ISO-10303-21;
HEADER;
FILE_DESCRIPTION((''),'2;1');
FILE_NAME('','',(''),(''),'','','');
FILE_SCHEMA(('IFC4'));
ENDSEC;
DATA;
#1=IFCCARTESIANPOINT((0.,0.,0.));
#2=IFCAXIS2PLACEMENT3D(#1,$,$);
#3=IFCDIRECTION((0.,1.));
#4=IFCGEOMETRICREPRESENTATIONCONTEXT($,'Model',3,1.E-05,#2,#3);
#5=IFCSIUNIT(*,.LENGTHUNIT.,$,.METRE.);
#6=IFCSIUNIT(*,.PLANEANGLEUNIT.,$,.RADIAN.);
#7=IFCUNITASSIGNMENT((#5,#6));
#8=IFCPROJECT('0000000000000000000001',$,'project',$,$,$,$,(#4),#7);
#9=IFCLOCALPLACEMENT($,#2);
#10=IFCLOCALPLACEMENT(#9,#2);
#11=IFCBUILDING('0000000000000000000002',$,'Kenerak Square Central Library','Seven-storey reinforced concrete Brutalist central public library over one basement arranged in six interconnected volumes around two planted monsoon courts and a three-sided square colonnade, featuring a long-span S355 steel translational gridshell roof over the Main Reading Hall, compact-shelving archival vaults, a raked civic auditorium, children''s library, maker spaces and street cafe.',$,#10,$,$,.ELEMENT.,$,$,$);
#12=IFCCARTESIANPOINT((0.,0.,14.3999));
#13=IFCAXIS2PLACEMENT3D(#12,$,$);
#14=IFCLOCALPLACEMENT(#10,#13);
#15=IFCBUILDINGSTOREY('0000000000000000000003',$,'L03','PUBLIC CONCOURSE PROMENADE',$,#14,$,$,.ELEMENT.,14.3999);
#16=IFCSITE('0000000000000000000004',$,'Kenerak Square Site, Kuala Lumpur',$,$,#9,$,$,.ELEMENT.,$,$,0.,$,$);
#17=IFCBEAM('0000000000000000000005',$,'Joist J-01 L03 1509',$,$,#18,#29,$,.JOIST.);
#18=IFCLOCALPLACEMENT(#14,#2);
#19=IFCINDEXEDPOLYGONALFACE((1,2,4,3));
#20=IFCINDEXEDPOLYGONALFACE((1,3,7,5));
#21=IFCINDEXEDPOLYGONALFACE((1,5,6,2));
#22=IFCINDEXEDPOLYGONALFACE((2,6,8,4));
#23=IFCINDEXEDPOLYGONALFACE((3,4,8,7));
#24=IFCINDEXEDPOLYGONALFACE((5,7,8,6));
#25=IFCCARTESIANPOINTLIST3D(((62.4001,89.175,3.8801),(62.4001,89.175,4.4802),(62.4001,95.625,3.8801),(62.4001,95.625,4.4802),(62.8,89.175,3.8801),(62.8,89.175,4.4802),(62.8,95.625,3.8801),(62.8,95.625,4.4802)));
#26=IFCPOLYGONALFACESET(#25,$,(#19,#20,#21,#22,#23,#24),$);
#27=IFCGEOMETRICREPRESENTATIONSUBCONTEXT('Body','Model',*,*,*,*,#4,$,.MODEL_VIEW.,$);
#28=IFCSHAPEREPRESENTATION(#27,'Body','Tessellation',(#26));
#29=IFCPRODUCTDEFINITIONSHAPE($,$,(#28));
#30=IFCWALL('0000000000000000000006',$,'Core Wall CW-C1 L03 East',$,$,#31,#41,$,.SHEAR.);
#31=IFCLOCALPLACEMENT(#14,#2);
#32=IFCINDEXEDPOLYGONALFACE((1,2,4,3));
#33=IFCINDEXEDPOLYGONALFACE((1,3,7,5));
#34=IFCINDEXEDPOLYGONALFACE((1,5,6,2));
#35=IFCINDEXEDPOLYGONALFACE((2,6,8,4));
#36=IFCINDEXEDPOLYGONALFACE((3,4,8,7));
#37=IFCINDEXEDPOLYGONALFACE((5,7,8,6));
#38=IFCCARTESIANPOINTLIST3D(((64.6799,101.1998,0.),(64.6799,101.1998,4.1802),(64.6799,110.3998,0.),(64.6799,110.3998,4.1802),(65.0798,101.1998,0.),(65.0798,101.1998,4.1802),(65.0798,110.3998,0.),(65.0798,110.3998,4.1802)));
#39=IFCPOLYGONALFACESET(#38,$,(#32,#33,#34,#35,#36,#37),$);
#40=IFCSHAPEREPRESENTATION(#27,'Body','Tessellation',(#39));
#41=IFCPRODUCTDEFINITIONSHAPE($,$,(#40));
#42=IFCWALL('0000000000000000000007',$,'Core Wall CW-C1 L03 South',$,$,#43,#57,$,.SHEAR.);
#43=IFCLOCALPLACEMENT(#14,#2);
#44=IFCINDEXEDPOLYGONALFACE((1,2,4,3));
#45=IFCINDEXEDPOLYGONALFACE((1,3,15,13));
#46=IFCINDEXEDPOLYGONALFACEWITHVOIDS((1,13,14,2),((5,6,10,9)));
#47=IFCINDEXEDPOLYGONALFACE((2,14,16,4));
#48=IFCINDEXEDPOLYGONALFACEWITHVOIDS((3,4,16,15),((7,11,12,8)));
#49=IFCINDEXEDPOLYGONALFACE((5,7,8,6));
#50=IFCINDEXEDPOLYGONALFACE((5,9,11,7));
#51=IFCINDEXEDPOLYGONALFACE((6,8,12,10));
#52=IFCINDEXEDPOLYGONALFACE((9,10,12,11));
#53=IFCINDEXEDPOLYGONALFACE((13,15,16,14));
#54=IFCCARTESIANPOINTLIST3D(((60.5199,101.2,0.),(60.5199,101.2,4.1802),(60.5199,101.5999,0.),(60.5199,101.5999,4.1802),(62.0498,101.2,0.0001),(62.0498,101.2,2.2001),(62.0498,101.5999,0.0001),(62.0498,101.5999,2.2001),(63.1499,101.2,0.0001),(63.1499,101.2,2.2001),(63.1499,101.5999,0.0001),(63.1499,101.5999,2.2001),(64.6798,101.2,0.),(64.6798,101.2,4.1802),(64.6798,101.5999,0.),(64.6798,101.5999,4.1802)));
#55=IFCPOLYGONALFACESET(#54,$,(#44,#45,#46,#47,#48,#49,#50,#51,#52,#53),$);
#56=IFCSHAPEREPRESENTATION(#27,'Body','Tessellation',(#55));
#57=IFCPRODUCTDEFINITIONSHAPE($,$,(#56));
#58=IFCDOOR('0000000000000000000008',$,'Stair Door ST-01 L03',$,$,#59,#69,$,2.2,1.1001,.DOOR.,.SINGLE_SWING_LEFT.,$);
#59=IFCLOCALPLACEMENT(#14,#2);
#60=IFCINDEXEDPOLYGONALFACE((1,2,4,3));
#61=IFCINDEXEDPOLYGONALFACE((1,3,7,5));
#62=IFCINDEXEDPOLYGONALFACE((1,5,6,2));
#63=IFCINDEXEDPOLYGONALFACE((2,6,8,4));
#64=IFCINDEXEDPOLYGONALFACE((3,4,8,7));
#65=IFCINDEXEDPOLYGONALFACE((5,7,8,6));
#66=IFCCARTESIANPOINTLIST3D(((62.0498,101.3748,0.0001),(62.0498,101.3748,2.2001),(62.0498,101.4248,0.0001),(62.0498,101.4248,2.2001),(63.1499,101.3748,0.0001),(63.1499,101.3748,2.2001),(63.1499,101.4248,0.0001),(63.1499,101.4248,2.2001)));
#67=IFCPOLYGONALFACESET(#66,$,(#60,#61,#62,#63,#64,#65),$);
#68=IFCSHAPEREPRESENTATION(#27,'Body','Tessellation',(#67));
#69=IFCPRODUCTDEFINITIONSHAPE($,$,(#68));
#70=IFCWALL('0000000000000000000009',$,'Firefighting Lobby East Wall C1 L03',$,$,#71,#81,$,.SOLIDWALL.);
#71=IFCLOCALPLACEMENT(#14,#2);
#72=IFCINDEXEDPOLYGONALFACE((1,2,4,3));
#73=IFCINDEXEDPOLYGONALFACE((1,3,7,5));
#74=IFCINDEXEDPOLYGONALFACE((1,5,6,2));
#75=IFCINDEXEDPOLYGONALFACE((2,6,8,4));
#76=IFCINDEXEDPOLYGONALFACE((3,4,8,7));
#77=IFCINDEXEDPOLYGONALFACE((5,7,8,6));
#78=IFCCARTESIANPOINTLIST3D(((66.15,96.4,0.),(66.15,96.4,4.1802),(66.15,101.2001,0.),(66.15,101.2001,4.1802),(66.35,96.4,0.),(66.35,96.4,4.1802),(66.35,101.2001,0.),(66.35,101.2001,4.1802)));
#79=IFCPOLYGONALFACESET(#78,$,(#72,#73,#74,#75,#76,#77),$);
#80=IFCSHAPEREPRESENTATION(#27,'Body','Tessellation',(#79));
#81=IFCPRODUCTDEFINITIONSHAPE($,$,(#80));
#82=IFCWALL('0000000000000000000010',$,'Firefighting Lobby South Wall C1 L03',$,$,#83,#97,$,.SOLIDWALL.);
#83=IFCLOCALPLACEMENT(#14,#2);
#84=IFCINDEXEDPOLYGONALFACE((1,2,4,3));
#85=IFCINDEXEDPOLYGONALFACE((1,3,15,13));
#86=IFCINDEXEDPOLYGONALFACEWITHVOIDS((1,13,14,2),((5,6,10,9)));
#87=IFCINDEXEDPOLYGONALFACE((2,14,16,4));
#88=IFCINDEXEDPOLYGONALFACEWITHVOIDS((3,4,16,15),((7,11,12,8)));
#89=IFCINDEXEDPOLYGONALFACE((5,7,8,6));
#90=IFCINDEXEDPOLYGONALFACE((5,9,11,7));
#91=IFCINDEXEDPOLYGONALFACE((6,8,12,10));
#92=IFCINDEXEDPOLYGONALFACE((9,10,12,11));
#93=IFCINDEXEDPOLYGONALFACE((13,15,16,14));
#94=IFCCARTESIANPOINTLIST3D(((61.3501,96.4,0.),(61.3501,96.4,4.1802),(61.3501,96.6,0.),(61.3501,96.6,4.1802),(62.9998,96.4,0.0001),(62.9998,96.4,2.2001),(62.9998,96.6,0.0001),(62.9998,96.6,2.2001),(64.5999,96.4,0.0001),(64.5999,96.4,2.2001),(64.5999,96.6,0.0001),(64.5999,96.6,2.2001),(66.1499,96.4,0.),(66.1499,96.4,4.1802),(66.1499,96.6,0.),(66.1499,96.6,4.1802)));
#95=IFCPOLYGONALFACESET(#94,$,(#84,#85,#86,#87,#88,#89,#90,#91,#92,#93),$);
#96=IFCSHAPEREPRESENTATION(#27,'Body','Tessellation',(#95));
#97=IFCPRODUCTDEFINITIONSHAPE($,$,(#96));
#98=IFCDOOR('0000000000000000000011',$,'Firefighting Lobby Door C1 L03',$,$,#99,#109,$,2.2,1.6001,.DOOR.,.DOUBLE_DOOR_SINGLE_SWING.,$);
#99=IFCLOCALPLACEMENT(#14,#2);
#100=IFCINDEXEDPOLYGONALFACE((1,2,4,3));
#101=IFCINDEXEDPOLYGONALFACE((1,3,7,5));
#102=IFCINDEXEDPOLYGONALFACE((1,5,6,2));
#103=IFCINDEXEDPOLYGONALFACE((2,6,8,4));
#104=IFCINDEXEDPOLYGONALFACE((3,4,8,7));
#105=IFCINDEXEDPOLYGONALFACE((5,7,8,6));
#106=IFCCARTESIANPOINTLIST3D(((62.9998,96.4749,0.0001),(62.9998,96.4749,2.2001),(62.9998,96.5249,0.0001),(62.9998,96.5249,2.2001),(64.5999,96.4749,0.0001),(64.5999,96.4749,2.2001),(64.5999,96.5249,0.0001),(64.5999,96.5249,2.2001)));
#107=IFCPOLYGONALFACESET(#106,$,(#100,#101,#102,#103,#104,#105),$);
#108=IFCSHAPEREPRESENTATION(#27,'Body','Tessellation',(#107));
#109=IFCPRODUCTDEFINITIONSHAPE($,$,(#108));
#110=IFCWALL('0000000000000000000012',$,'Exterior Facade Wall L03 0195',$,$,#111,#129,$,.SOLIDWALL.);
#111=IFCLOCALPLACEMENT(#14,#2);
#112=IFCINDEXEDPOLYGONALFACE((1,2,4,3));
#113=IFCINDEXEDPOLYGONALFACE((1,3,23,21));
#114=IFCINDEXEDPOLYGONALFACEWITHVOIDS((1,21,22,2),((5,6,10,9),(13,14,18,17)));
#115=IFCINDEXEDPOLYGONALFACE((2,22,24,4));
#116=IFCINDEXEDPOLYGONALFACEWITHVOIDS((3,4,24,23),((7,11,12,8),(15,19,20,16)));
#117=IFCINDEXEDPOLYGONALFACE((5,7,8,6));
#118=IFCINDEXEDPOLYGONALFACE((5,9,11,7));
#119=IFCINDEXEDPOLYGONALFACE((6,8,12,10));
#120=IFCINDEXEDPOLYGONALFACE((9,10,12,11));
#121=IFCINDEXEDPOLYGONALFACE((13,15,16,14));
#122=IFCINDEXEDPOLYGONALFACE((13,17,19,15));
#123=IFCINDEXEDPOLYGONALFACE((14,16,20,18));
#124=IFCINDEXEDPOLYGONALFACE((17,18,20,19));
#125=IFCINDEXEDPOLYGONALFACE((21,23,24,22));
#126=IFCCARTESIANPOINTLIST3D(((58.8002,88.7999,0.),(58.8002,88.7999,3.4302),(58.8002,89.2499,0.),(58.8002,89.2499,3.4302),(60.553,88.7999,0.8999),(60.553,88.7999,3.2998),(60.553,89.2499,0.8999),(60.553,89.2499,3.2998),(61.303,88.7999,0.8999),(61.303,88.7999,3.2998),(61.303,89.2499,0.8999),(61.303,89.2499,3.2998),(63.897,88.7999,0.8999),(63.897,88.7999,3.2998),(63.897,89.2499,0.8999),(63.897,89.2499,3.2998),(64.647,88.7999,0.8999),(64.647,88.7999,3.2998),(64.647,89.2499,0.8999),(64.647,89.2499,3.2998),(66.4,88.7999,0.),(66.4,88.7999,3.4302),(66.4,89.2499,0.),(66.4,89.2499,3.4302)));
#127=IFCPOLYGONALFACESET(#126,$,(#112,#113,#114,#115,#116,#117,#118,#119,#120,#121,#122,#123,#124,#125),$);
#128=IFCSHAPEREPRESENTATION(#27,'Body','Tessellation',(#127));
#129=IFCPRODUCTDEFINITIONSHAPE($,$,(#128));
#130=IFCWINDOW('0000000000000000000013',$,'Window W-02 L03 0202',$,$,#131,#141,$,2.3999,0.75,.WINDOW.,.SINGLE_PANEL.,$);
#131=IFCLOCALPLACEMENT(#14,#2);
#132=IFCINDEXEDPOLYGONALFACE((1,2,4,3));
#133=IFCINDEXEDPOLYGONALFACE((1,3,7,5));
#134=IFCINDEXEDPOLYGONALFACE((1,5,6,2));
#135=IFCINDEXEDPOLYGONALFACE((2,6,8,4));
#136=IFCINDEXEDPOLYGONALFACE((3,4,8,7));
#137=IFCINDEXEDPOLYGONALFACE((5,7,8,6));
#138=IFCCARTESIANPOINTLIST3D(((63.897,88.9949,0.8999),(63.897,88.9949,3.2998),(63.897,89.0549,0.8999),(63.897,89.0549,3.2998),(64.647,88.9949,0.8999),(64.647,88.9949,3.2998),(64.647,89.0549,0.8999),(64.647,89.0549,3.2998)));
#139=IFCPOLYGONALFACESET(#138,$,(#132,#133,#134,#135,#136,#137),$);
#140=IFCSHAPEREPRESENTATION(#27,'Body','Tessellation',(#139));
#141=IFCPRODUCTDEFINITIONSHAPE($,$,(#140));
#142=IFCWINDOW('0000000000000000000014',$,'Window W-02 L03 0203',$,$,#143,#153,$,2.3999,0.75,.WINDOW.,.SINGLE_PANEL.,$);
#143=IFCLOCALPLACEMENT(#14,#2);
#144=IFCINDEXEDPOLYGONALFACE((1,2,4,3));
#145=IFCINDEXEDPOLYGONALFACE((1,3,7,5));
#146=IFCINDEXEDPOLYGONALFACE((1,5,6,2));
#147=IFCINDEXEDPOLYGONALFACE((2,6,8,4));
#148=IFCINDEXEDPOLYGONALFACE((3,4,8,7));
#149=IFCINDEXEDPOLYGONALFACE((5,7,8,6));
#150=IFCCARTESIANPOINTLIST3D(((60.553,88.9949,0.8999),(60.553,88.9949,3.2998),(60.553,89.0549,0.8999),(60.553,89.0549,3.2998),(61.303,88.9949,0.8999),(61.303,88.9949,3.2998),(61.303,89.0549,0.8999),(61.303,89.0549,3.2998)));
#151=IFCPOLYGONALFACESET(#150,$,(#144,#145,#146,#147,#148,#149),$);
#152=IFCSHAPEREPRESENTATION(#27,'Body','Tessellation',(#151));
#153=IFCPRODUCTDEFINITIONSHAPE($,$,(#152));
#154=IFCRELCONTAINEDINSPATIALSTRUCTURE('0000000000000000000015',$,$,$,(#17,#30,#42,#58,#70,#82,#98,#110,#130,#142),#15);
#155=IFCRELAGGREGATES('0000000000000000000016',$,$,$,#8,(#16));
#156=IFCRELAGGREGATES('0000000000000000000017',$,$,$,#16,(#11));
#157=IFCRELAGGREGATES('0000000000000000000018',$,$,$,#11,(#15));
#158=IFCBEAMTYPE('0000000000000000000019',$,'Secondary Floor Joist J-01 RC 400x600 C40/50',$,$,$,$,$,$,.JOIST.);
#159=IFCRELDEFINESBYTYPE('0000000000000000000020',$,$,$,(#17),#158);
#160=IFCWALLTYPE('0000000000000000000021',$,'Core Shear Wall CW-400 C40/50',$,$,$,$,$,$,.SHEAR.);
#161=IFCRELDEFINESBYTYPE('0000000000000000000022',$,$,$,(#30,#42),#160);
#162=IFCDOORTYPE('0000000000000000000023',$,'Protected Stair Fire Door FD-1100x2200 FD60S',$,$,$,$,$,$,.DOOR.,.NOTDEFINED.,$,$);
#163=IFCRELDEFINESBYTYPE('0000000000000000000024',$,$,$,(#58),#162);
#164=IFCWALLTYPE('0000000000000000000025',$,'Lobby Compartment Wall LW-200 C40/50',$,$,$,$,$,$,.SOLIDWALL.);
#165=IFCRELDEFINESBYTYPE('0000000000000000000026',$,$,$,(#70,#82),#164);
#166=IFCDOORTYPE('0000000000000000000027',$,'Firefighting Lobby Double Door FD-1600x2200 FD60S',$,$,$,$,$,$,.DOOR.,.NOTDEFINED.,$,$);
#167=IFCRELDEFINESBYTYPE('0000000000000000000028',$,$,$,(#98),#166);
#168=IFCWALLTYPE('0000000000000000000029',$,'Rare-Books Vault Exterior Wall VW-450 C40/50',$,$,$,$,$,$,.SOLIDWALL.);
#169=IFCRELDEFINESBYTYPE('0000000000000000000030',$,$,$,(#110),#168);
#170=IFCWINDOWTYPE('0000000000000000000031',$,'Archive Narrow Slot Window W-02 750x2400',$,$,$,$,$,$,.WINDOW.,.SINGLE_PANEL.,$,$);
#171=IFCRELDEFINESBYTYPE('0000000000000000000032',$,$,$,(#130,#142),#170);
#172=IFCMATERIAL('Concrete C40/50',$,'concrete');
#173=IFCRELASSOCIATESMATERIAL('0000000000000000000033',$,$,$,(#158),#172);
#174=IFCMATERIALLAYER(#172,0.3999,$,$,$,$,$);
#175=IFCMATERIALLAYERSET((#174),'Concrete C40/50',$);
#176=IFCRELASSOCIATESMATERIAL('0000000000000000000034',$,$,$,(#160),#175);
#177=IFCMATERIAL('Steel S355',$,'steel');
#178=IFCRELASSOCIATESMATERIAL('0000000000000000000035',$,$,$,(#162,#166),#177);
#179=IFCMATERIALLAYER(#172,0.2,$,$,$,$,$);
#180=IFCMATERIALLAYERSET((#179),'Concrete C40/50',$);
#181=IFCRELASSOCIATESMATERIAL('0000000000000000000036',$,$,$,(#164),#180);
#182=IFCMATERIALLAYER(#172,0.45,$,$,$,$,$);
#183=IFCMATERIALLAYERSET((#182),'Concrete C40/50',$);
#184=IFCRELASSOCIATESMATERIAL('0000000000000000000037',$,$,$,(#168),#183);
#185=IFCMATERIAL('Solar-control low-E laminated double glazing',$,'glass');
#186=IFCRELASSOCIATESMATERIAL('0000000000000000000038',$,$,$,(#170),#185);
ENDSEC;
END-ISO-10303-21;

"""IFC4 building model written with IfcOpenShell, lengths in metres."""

from ifc_helpers import new_model, si_unit, direction, frame, frame_2d, origin, origin_2d, place, context, subcontext, project, spatial, rectangle, extrude, material, layer, layer_set, material_profile, profile_set, type_object, element, fill, save


model = new_model("IFC4")

# Units and contexts
model_context = context("Model", 3, precision=1e-05, world=origin(), true_north=direction((0.0, 1.0)))
body_context = subcontext(model_context, "Body", "Model", "MODEL_VIEW")
ifc_project = project(units=[si_unit("LENGTHUNIT", "METRE"), si_unit("PLANEANGLEUNIT", "RADIAN")], contexts=[model_context])

# Site, building, storey
site_placement = place(None, origin())
site = spatial("IfcSite", under=ifc_project, at=site_placement, Name="Kenerak Square Site, Kuala Lumpur", CompositionType="ELEMENT", RefElevation=0.0)
building_placement = place(site_placement, origin())
building = spatial("IfcBuilding", under=site, at=building_placement, Name="Kenerak Square Central Library", Description="Seven-storey reinforced concrete Brutalist central public library over one basement arranged in six interconnected volumes around two planted monsoon courts and a three-sided square colonnade, featuring a long-span S355 steel translational gridshell roof over the Main Reading Hall, compact-shelving archival vaults, a raked civic auditorium, children's library, maker spaces and street cafe.", CompositionType="ELEMENT")
storey_placement = place(building_placement, frame((0.0, 0.0, 14.3999)))
storey = spatial("IfcBuildingStorey", under=building, at=storey_placement, Name="L03", Description="PUBLIC CONCOURSE PROMENADE", CompositionType="ELEMENT", Elevation=14.3999)

# Beam
ifc_material_1 = material(Name="Concrete C40/50", Category="concrete")
ifc_material_profile = material_profile(ifc_material_1, rectangle(XDim=0.3999, YDim=0.6001, at=origin_2d()), Name="RC 400x600")
ifc_profile_set = profile_set([ifc_material_profile], Name="Concrete C40/50")
beam_type = type_object("IfcBeamType", Name="Secondary Floor Joist J-01 RC 400x600 C40/50", PredefinedType="JOIST", material=ifc_profile_set)
beam_placement = place(storey_placement, frame((62.6001, 89.175, 4.1802), z_axis=(0.0, 1.0, 0.0), x_axis=(-1.0, 0.0, 0.0)))
element("IfcBeam", 1, at=beam_placement, inside=storey, type_object=beam_type, Name="Joist J-01 L03 1509", PredefinedType="JOIST", context=body_context, shape_type="SweptSolid", body=[
    extrude(rectangle(XDim=0.3999, YDim=0.6001, at=origin_2d()), origin(), (0.0, 0.0, 1.0), 6.45),
])

# Wall
ifc_layer_1 = layer(ifc_material_1, 0.3999)
ifc_layer_set_1 = layer_set([ifc_layer_1], Name="Concrete C40/50")
wall_type_1 = type_object("IfcWallType", Name="Core Shear Wall CW-400 C40/50", PredefinedType="SHEAR", material=ifc_layer_set_1)
wall_1_placement = place(storey_placement, frame((64.8799, 110.3999, 0.0), z_axis=(0.0, 0.0, 1.0), x_axis=(0.0, -1.0, 0.0)))
element("IfcWall", 2, at=wall_1_placement, inside=storey, type_object=wall_type_1, Name="Core Wall CW-C1 L03 East", PredefinedType="SHEAR", context=body_context, shape_type="SweptSolid", body=[
    extrude(rectangle(XDim=9.2, YDim=0.3999, at=frame_2d((4.6001, 0.0))), origin(), (0.0, 0.0, 1.0), 4.1802),
])

# Wall, opening, door
wall_2_placement = place(storey_placement, frame((64.6799, 101.3999, 0.0), z_axis=(0.0, 0.0, 1.0), x_axis=(-1.0, 0.0, 0.0)))
wall_2 = element("IfcWall", 3, at=wall_2_placement, inside=storey, type_object=wall_type_1, Name="Core Wall CW-C1 L03 South", PredefinedType="SHEAR", context=body_context, shape_type="SweptSolid", body=[
    extrude(rectangle(XDim=4.1599, YDim=0.3999, at=frame_2d((2.0801, 0.0))), origin(), (0.0, 0.0, 1.0), 4.1802),
])
opening_1_placement = place(wall_2_placement, frame((1.53, 0.0, 0.0)))
opening_1 = element("IfcOpeningElement", 4, at=opening_1_placement, cuts=wall_2, PredefinedType="OPENING", context=body_context, shape_type="SweptSolid", body=[
    extrude(rectangle(XDim=1.1001, YDim=2.2, at=frame_2d((0.55, 1.1001))), frame((0.0, 0.21, 0.0), z_axis=(0.0, -1.0, 0.0), x_axis=(1.0, 0.0, 0.0)), (0.0, 0.0, 1.0), 0.4199),
])
ifc_material_2 = material(Name="Steel S355", Category="steel")
door_type_1 = type_object("IfcDoorType", Name="Protected Stair Fire Door FD-1100x2200 FD60S", OperationType="NOTDEFINED", PredefinedType="DOOR", material=ifc_material_2)
door_1_placement = place(opening_1_placement, frame((1.1001, 0.0, 0.0), z_axis=(0.0, 0.0, 1.0), x_axis=(-1.0, 0.0, 0.0)))
door_1 = element("IfcDoor", 5, at=door_1_placement, inside=storey, type_object=door_type_1, Name="Stair Door ST-01 L03", OperationType="SINGLE_SWING_LEFT", OverallHeight=2.2, OverallWidth=1.1001, PredefinedType="DOOR", context=body_context, shape_type="SweptSolid", body=[
    extrude(rectangle(XDim=1.1001, YDim=2.2, at=frame_2d((0.55, 1.1001))), frame((0.0, 0.0249, 0.0), z_axis=(0.0, -1.0, 0.0), x_axis=(1.0, 0.0, 0.0)), (0.0, 0.0, 1.0), 0.05),
])
fill(opening_1, door_1)

# Wall
ifc_layer_2 = layer(ifc_material_1, 0.2)
ifc_layer_set_2 = layer_set([ifc_layer_2], Name="Concrete C40/50")
wall_type_2 = type_object("IfcWallType", Name="Lobby Compartment Wall LW-200 C40/50", PredefinedType="SOLIDWALL", material=ifc_layer_set_2)
wall_3_placement = place(storey_placement, frame((66.25, 101.2, 0.0), z_axis=(0.0, 0.0, 1.0), x_axis=(0.0, -1.0, 0.0)))
element("IfcWall", 6, at=wall_3_placement, inside=storey, type_object=wall_type_2, Name="Firefighting Lobby East Wall C1 L03", PredefinedType="SOLIDWALL", context=body_context, shape_type="SweptSolid", body=[
    extrude(rectangle(XDim=4.8, YDim=0.2, at=frame_2d((2.3999, 0.0))), origin(), (0.0, 0.0, 1.0), 4.1802),
])

# Wall, opening, door
wall_4_placement = place(storey_placement, frame((66.1499, 96.5, 0.0), z_axis=(0.0, 0.0, 1.0), x_axis=(-1.0, 0.0, 0.0)))
wall_4 = element("IfcWall", 7, at=wall_4_placement, inside=storey, type_object=wall_type_2, Name="Firefighting Lobby South Wall C1 L03", PredefinedType="SOLIDWALL", context=body_context, shape_type="SweptSolid", body=[
    extrude(rectangle(XDim=4.7998, YDim=0.2, at=frame_2d((2.3999, 0.0))), origin(), (0.0, 0.0, 1.0), 4.1802),
])
opening_2_placement = place(wall_4_placement, frame((1.55, 0.0, 0.0)))
opening_2 = element("IfcOpeningElement", 8, at=opening_2_placement, cuts=wall_4, PredefinedType="OPENING", context=body_context, shape_type="SweptSolid", body=[
    extrude(rectangle(XDim=1.6001, YDim=2.2, at=frame_2d((0.8, 1.1001))), frame((0.0, 0.1099, 0.0), z_axis=(0.0, -1.0, 0.0), x_axis=(1.0, 0.0, 0.0)), (0.0, 0.0, 1.0), 0.22),
])
door_type_2 = type_object("IfcDoorType", Name="Firefighting Lobby Double Door FD-1600x2200 FD60S", OperationType="NOTDEFINED", PredefinedType="DOOR", material=ifc_material_2)
door_2_placement = place(opening_2_placement, frame((1.6001, 0.0, 0.0), z_axis=(0.0, 0.0, 1.0), x_axis=(-1.0, 0.0, 0.0)))
door_2 = element("IfcDoor", 9, at=door_2_placement, inside=storey, type_object=door_type_2, Name="Firefighting Lobby Door C1 L03", OperationType="DOUBLE_DOOR_SINGLE_SWING", OverallHeight=2.2, OverallWidth=1.6001, PredefinedType="DOOR", context=body_context, shape_type="SweptSolid", body=[
    extrude(rectangle(XDim=1.6001, YDim=2.2, at=frame_2d((0.8, 1.1001))), frame((0.0, 0.0249, 0.0), z_axis=(0.0, -1.0, 0.0), x_axis=(1.0, 0.0, 0.0)), (0.0, 0.0, 1.0), 0.05),
])
fill(opening_2, door_2)

# Wall, openings, windows
ifc_layer_3 = layer(ifc_material_1, 0.45)
ifc_layer_set_3 = layer_set([ifc_layer_3], Name="Concrete C40/50")
wall_type_3 = type_object("IfcWallType", Name="Rare-Books Vault Exterior Wall VW-450 C40/50", PredefinedType="SOLIDWALL", material=ifc_layer_set_3)
wall_5_placement = place(storey_placement, frame((66.3999, 89.0249, 0.0), z_axis=(0.0, 0.0, 1.0), x_axis=(-1.0, 0.0, 0.0)))
wall_5 = element("IfcWall", 10, at=wall_5_placement, inside=storey, type_object=wall_type_3, Name="Exterior Facade Wall L03 0195", PredefinedType="SOLIDWALL", context=body_context, shape_type="SweptSolid", body=[
    extrude(rectangle(XDim=7.5999, YDim=0.45, at=frame_2d((3.7998, 0.0))), origin(), (0.0, 0.0, 1.0), 3.4302),
])
opening_3_placement = place(wall_5_placement, frame((1.7529, 0.0, 0.8999)))
opening_3 = element("IfcOpeningElement", 11, at=opening_3_placement, cuts=wall_5, PredefinedType="OPENING", context=body_context, shape_type="SweptSolid", body=[
    extrude(rectangle(XDim=0.75, YDim=2.3999, at=frame_2d((0.375, 1.2))), frame((0.0, 0.2349, 0.0), z_axis=(0.0, -1.0, 0.0), x_axis=(1.0, 0.0, 0.0)), (0.0, 0.0, 1.0), 0.47),
])
opening_4_placement = place(wall_5_placement, frame((5.0969, 0.0, 0.8999)))
opening_4 = element("IfcOpeningElement", 12, at=opening_4_placement, cuts=wall_5, PredefinedType="OPENING", context=body_context, shape_type="SweptSolid", body=[
    extrude(rectangle(XDim=0.75, YDim=2.3999, at=frame_2d((0.375, 1.2))), frame((0.0, 0.2349, 0.0), z_axis=(0.0, -1.0, 0.0), x_axis=(1.0, 0.0, 0.0)), (0.0, 0.0, 1.0), 0.47),
])
ifc_material_3 = material(Name="Solar-control low-E laminated double glazing", Category="glass")
window_type = type_object("IfcWindowType", Name="Archive Narrow Slot Window W-02 750x2400", PartitioningType="SINGLE_PANEL", PredefinedType="WINDOW", material=ifc_material_3)
window_1_placement = place(opening_3_placement, origin())
window_1 = element("IfcWindow", 13, at=window_1_placement, inside=storey, type_object=window_type, Name="Window W-02 L03 0202", OverallHeight=2.3999, OverallWidth=0.75, PartitioningType="SINGLE_PANEL", PredefinedType="WINDOW", context=body_context, shape_type="SweptSolid", body=[
    extrude(rectangle(XDim=0.75, YDim=2.3999, at=frame_2d((0.375, 1.2))), frame((0.0, 0.03, 0.0), z_axis=(0.0, -1.0, 0.0), x_axis=(1.0, 0.0, 0.0)), (0.0, 0.0, 1.0), 0.0601),
])
fill(opening_3, window_1)
window_2_placement = place(opening_4_placement, origin())
window_2 = element("IfcWindow", 14, at=window_2_placement, inside=storey, type_object=window_type, Name="Window W-02 L03 0203", OverallHeight=2.3999, OverallWidth=0.75, PartitioningType="SINGLE_PANEL", PredefinedType="WINDOW", context=body_context, shape_type="SweptSolid", body=[
    extrude(rectangle(XDim=0.75, YDim=2.3999, at=frame_2d((0.375, 1.2))), frame((0.0, 0.03, 0.0), z_axis=(0.0, -1.0, 0.0), x_axis=(1.0, 0.0, 0.0)), (0.0, 0.0, 1.0), 0.0601),
])
fill(opening_4, window_2)

save(model, "model.ifc")
